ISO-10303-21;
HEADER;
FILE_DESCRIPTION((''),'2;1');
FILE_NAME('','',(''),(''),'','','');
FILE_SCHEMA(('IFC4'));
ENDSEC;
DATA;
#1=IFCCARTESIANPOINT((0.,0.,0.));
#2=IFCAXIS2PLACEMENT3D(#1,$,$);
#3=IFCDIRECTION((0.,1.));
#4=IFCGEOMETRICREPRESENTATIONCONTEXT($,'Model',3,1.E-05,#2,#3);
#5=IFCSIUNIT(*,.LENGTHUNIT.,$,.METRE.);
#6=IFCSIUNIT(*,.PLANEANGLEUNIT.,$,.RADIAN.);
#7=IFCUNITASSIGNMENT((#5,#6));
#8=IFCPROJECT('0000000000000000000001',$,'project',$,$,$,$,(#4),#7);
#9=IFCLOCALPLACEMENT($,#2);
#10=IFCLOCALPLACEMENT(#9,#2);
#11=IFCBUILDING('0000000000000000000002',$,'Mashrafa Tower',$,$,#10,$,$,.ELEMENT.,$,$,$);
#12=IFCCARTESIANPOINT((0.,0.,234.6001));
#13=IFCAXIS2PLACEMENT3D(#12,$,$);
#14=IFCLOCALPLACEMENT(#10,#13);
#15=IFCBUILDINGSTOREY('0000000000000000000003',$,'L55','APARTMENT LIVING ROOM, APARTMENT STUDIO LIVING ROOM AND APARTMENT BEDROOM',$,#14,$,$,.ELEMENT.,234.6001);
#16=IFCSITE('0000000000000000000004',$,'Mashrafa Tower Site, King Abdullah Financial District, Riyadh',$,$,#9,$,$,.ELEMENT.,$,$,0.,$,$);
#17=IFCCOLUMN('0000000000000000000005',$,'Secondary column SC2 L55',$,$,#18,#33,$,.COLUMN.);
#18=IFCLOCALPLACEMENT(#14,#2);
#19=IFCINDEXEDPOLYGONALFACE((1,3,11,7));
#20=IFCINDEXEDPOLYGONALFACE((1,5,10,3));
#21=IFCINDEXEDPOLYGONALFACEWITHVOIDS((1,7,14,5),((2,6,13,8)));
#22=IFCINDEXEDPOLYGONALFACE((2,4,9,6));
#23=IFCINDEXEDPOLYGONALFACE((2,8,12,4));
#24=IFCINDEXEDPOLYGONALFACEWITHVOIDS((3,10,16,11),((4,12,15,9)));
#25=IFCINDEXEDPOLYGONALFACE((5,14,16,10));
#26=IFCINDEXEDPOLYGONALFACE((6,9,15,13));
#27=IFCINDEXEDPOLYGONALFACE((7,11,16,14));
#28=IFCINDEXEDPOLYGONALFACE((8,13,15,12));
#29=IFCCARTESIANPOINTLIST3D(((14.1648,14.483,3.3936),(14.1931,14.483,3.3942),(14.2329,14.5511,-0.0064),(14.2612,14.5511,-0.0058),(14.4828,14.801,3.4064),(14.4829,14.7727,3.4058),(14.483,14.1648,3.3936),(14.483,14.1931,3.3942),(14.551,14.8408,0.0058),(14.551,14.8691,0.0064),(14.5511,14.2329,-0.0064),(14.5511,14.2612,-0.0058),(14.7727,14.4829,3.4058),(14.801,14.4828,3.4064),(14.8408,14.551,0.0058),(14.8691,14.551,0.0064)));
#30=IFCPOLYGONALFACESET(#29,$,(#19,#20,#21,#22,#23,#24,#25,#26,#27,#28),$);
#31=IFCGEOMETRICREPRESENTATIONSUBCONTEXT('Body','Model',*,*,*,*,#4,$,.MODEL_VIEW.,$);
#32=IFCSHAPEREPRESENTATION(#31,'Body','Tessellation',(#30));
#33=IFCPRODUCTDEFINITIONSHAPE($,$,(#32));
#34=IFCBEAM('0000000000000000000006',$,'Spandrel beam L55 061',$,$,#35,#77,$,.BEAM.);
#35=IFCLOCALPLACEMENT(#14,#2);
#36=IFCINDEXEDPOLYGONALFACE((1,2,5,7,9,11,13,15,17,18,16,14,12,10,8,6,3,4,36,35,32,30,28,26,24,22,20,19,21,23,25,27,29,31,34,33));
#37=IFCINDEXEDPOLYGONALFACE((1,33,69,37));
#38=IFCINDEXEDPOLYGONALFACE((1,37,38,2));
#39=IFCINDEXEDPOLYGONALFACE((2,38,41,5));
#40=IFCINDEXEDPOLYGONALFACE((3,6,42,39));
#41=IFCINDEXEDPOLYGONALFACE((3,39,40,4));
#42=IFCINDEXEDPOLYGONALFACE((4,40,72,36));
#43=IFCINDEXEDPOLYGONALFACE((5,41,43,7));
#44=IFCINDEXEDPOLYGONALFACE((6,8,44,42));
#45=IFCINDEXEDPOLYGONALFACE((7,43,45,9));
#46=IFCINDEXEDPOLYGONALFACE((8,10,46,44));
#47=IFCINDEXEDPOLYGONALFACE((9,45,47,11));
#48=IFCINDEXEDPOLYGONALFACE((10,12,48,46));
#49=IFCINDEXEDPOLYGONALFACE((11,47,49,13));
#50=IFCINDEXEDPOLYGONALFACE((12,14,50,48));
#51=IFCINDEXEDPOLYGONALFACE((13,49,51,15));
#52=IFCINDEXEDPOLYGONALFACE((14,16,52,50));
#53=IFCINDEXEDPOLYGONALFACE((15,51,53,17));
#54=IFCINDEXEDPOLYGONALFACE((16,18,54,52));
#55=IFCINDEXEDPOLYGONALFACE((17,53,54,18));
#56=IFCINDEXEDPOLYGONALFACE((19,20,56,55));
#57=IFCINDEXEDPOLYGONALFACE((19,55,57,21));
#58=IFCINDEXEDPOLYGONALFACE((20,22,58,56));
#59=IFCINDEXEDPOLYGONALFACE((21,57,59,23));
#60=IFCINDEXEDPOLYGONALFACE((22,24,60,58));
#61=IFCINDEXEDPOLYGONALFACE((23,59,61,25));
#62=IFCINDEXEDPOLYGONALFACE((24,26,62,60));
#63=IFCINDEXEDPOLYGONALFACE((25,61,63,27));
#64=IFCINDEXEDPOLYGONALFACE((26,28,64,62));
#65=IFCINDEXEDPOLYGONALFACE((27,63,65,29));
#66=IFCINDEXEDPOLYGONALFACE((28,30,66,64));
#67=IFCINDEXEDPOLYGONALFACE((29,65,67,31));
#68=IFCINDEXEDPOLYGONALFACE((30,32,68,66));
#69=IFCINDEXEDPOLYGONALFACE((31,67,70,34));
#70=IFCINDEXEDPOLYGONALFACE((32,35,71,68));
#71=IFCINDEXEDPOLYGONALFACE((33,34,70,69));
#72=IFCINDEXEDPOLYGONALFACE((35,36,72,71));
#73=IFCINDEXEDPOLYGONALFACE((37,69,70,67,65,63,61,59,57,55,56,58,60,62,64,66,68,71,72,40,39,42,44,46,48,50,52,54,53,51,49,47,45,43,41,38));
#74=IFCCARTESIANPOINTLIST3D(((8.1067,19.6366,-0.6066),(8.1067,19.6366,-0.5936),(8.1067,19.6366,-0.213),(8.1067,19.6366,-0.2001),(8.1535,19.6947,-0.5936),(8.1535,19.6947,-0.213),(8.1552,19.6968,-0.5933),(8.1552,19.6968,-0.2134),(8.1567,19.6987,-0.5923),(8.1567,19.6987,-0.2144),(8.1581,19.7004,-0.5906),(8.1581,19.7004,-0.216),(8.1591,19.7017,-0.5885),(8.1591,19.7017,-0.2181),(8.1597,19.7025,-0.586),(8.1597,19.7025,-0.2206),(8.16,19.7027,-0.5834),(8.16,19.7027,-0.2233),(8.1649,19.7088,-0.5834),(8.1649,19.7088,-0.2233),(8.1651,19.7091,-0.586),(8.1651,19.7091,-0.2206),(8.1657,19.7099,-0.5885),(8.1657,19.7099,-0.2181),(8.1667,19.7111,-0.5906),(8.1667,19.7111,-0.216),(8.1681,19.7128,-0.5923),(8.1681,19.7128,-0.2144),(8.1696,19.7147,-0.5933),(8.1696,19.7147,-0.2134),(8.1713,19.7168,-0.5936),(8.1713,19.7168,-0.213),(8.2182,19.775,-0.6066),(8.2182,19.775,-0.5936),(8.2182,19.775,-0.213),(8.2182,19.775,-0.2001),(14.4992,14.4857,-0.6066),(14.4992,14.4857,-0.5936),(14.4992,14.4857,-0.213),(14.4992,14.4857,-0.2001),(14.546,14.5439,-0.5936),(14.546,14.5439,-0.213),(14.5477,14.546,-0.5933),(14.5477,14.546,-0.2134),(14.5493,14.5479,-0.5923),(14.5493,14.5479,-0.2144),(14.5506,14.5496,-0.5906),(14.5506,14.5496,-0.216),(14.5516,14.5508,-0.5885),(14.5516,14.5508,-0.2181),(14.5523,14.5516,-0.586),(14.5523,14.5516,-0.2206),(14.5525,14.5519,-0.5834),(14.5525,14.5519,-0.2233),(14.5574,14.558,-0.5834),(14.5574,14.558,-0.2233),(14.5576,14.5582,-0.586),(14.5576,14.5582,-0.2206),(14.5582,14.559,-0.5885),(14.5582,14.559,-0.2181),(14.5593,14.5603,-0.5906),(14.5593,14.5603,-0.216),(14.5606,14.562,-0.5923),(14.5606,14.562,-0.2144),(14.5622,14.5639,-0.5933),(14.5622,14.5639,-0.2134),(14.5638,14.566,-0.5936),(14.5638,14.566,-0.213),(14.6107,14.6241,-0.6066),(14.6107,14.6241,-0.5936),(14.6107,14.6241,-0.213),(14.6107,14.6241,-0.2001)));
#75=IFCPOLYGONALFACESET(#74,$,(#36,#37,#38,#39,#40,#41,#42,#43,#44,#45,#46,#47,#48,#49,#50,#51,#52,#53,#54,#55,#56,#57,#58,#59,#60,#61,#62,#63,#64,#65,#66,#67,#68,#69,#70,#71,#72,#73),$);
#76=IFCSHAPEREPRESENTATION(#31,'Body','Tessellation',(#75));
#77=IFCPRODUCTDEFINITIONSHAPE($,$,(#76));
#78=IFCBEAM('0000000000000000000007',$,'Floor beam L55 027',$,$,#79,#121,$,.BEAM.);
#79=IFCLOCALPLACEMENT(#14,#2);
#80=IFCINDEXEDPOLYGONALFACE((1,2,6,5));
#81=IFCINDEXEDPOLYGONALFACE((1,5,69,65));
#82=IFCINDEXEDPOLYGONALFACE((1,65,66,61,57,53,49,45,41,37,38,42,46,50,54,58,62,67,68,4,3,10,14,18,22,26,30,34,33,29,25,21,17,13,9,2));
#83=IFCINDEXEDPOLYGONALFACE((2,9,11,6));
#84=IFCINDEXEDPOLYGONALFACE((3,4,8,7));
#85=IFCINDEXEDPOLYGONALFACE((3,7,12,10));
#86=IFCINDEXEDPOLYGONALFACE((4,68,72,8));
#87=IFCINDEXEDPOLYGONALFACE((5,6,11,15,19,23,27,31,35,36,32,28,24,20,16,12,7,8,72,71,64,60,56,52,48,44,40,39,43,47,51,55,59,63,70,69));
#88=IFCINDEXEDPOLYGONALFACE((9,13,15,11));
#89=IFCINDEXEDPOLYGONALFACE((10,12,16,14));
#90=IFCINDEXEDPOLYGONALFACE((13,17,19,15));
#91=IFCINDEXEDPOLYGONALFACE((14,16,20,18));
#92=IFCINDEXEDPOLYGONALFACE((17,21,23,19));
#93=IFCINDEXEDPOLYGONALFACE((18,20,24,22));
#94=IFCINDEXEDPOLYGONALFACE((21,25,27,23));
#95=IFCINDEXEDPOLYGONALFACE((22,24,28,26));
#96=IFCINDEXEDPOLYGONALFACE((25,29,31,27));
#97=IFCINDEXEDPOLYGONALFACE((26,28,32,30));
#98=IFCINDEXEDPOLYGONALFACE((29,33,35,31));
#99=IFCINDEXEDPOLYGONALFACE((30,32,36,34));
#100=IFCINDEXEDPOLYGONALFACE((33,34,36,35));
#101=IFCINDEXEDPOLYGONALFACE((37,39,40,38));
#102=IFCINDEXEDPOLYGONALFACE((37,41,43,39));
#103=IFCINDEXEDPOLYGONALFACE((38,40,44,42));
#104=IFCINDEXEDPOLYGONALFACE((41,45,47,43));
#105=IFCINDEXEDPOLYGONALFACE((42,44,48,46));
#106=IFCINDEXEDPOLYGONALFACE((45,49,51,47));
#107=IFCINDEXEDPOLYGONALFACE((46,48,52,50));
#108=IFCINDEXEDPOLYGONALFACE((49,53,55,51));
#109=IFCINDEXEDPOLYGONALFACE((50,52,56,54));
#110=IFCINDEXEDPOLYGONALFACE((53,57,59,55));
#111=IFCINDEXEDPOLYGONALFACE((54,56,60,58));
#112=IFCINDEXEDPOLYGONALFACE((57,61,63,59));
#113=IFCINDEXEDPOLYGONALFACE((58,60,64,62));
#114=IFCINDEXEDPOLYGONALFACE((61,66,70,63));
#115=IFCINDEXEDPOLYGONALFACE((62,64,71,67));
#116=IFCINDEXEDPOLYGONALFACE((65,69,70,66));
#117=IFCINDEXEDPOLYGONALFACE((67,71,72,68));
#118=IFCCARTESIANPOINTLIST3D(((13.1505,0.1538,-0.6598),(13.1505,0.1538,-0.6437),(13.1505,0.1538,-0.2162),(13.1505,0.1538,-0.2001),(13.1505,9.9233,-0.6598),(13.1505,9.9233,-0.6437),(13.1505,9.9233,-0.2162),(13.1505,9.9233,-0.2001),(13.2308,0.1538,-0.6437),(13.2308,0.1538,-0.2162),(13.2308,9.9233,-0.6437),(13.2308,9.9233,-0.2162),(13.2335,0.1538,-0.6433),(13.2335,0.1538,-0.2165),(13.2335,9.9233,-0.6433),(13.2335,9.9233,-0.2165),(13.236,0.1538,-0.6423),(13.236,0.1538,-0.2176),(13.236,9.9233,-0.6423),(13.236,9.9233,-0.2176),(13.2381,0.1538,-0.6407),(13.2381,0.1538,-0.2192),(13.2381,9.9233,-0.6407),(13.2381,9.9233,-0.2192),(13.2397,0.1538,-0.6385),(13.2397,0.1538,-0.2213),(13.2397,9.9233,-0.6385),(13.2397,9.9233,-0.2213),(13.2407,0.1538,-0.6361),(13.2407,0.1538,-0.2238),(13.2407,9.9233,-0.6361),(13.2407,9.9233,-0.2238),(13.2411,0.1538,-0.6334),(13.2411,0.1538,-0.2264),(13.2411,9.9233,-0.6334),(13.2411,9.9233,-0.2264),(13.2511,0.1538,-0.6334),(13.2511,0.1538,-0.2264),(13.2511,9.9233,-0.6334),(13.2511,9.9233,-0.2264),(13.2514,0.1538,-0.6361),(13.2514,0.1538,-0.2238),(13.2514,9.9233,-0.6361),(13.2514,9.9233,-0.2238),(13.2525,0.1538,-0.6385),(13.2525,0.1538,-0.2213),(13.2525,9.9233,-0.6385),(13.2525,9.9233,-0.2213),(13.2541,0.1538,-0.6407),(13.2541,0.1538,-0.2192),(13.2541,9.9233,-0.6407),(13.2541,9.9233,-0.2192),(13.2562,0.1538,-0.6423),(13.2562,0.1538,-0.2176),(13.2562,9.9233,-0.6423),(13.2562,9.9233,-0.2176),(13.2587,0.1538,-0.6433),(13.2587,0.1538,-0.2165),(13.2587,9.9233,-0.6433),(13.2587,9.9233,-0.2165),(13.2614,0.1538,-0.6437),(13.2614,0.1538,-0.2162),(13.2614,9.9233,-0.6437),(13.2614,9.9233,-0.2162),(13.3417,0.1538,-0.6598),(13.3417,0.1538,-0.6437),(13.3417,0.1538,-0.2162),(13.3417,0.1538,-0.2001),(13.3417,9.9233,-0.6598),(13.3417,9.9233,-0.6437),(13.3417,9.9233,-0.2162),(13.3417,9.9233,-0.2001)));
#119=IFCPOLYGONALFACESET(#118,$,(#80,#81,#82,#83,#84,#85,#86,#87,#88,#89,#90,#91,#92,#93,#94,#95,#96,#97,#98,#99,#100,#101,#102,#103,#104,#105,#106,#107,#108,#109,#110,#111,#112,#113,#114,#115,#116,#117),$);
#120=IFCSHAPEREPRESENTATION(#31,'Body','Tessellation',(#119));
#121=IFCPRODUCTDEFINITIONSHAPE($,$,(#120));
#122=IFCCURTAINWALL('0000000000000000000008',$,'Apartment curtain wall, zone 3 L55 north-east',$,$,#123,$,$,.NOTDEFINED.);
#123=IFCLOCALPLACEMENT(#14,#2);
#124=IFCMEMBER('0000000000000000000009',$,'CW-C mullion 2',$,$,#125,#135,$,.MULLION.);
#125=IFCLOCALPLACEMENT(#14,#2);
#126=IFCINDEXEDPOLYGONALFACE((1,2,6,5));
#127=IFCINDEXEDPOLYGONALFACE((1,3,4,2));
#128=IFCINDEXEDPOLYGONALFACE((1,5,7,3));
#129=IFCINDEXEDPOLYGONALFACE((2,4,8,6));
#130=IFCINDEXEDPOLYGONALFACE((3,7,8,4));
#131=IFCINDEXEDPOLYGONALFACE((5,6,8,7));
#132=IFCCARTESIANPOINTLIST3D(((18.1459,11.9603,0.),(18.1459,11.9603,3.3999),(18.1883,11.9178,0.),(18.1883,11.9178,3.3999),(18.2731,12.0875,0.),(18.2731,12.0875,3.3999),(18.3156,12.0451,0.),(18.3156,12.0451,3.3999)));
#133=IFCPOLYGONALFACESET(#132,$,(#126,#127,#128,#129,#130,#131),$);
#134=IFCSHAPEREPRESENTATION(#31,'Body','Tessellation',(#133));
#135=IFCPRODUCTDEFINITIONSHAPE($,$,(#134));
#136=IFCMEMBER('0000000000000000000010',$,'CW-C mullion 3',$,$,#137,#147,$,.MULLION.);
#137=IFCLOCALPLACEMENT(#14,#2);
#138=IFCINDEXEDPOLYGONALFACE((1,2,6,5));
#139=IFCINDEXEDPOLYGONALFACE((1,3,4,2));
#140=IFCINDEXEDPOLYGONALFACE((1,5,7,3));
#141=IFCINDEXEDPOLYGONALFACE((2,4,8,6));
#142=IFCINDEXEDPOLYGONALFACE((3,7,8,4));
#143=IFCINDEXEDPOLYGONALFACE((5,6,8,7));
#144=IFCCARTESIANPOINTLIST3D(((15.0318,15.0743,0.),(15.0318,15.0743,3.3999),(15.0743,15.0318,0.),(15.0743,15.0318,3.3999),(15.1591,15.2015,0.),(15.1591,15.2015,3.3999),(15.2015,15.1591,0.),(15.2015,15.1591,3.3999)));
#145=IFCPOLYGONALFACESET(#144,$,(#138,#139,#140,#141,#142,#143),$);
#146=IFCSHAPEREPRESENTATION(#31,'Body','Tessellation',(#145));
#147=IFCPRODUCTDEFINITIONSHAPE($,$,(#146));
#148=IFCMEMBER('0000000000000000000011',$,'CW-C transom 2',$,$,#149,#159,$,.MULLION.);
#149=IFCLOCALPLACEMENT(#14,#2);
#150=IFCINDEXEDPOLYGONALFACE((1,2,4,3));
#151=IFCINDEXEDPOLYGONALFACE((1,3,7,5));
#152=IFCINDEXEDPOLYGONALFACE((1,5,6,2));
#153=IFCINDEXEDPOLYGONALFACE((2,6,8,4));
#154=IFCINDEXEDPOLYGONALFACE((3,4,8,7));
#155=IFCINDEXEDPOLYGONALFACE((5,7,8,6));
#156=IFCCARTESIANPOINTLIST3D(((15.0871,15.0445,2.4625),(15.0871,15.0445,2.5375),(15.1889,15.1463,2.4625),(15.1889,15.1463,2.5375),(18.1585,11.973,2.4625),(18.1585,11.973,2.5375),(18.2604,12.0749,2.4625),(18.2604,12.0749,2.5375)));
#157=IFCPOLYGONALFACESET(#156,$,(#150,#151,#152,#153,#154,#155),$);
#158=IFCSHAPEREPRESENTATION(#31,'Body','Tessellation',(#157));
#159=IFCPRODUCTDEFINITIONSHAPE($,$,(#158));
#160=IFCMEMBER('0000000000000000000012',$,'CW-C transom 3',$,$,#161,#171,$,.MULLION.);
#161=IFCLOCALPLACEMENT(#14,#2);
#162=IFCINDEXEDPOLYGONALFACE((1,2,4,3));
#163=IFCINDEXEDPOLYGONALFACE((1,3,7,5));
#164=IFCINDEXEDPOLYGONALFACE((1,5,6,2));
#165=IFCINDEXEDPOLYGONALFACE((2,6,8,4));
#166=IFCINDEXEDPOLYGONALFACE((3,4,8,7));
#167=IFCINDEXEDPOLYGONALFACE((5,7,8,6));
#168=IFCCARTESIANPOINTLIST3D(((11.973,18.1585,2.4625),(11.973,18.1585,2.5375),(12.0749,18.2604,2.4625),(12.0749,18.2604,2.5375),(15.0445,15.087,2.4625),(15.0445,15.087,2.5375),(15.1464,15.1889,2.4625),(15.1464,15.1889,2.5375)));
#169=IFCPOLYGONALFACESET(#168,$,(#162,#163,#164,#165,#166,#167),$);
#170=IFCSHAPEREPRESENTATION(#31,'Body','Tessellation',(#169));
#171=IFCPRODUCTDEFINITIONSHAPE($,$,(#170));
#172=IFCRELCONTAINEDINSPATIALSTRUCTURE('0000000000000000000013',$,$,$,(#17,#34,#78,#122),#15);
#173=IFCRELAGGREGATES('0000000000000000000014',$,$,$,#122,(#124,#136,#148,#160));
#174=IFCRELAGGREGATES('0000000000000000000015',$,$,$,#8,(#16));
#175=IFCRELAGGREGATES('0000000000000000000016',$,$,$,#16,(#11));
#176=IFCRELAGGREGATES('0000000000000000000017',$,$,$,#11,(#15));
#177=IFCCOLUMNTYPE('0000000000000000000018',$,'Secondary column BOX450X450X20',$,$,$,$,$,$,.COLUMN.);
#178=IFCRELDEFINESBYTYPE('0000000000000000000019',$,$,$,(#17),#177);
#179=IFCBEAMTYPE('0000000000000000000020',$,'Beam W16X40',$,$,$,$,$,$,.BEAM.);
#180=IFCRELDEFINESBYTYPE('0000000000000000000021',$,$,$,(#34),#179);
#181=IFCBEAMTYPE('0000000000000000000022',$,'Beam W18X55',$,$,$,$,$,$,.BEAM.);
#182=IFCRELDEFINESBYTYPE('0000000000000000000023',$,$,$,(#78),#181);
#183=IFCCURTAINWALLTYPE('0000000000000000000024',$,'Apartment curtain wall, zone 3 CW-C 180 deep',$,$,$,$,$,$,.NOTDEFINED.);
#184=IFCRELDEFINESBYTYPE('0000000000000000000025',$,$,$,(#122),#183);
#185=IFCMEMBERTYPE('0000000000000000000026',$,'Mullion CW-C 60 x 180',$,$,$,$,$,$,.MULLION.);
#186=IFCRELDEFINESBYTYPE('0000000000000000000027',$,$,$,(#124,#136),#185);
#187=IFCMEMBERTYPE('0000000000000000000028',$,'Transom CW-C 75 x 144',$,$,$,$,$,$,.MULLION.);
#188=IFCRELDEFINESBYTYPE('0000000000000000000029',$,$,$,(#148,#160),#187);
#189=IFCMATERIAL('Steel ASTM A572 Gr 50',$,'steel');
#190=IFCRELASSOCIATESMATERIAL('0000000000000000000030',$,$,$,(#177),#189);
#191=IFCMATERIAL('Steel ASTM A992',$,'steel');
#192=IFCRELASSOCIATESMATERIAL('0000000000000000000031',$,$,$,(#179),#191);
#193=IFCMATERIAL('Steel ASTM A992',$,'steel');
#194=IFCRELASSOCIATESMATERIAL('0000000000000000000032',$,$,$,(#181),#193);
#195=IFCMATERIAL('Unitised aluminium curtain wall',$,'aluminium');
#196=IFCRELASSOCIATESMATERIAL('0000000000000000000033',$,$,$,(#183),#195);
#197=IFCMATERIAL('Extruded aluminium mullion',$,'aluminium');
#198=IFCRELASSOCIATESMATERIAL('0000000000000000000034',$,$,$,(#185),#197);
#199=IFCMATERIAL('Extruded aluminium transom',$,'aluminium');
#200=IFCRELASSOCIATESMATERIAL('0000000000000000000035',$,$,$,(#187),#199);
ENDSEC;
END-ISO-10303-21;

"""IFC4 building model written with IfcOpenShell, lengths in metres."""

from ifc_helpers import new_model, si_unit, direction, frame, origin, origin_2d, place, context, subcontext, project, spatial, rectangle, hollow_rectangle, i_section, extrude, source, transform, mapped, material, material_profile, profile_set, type_object, type_shapes, element, aggregate, save


model = new_model("IFC4")

# Units and contexts
model_context = context("Model", 3, precision=1e-05, world=origin(), true_north=direction((0.0, 1.0)))
body_context = subcontext(model_context, "Body", "Model", "MODEL_VIEW")
ifc_project = project(units=[si_unit("LENGTHUNIT", "METRE"), si_unit("PLANEANGLEUNIT", "RADIAN")], contexts=[model_context])

# Site, building, storey
site_placement = place(None, origin())
site = spatial("IfcSite", under=ifc_project, at=site_placement, Name="Mashrafa Tower Site, King Abdullah Financial District, Riyadh", CompositionType="ELEMENT", RefElevation=0.0)
building_placement = place(site_placement, origin())
building = spatial("IfcBuilding", under=site, at=building_placement, Name="Mashrafa Tower", CompositionType="ELEMENT")
storey_placement = place(building_placement, frame((0.0, 0.0, 234.6001)))
storey = spatial("IfcBuildingStorey", under=building, at=storey_placement, Name="L55", Description="APARTMENT LIVING ROOM, APARTMENT STUDIO LIVING ROOM AND APARTMENT BEDROOM", CompositionType="ELEMENT", Elevation=234.6001)

# Column
ifc_material_1 = material(Name="Steel ASTM A572 Gr 50", Category="steel")
ifc_material_profile_1 = material_profile(ifc_material_1, hollow_rectangle(XDim=0.45, YDim=0.45, WallThickness=0.02, at=origin_2d()), Name="BOX450X450X20")
ifc_profile_set_1 = profile_set([ifc_material_profile_1], Name="Steel ASTM A572 Gr 50")
column_type = type_object("IfcColumnType", Name="Secondary column BOX450X450X20", PredefinedType="COLUMN", material=ifc_profile_set_1)
column_placement = place(storey_placement, frame((14.551, 14.551, 0.0), z_axis=(-0.020026, -0.020026, 0.999599), x_axis=(0.707107, -0.707107, 0.0)))
element("IfcColumn", 1, at=column_placement, inside=storey, type_object=column_type, Name="Secondary column SC2 L55", PredefinedType="COLUMN", context=body_context, shape_type="SweptSolid", body=[
    extrude(hollow_rectangle(XDim=0.45, YDim=0.45, WallThickness=0.02, at=origin_2d()), origin(), (0.0, 0.0, 1.0), 3.4014),
])

# Beams
ifc_material_2 = material(Name="Steel ASTM A992", Category="steel")
ifc_material_profile_2 = material_profile(ifc_material_2, i_section(OverallWidth=0.1777, OverallDepth=0.4065, WebThickness=0.0078, FlangeThickness=0.0129, FilletRadius=0.0103, at=origin_2d()), Name="W16X40")
ifc_profile_set_2 = profile_set([ifc_material_profile_2], Name="Steel ASTM A992")
beam_type_1 = type_object("IfcBeamType", Name="Beam W16X40", PredefinedType="BEAM", material=ifc_profile_set_2)
beam_1_placement = place(storey_placement, frame((14.5549, 14.5549, -0.4033), z_axis=(-0.778676, 0.627426, 0.0), x_axis=(-0.627426, -0.778676, 0.0)))
element("IfcBeam", 2, at=beam_1_placement, inside=storey, type_object=beam_type_1, Name="Spandrel beam L55 061", PredefinedType="BEAM", context=body_context, shape_type="SweptSolid", body=[
    extrude(i_section(OverallWidth=0.1777, OverallDepth=0.4065, WebThickness=0.0078, FlangeThickness=0.0129, FilletRadius=0.0103, at=origin_2d()), origin(), (0.0, 0.0, 1.0), 8.2095),
])
ifc_material_3 = material(Name="Steel ASTM A992", Category="steel")
ifc_material_profile_3 = material_profile(ifc_material_3, i_section(OverallWidth=0.1912, OverallDepth=0.4597, WebThickness=0.01, FlangeThickness=0.0161, FilletRadius=0.0103, at=origin_2d()), Name="W18X55")
ifc_profile_set_3 = profile_set([ifc_material_profile_3], Name="Steel ASTM A992")
beam_type_2 = type_object("IfcBeamType", Name="Beam W18X55", PredefinedType="BEAM", material=ifc_profile_set_3)
beam_2_placement = place(storey_placement, frame((13.2461, 9.9233, -0.4299), z_axis=(0.0, -1.0, 0.0), x_axis=(1.0, 0.0, 0.0)))
element("IfcBeam", 3, at=beam_2_placement, inside=storey, type_object=beam_type_2, Name="Floor beam L55 027", PredefinedType="BEAM", context=body_context, shape_type="SweptSolid", body=[
    extrude(i_section(OverallWidth=0.1912, OverallDepth=0.4597, WebThickness=0.01, FlangeThickness=0.0161, FilletRadius=0.0103, at=origin_2d()), origin(), (0.0, 0.0, 1.0), 9.7695),
])

# Curtain wall, members
ifc_material_4 = material(Name="Unitised aluminium curtain wall", Category="aluminium")
curtain_wall_type = type_object("IfcCurtainWallType", Name="Apartment curtain wall, zone 3 CW-C 180 deep", PredefinedType="NOTDEFINED", material=ifc_material_4)
curtain_wall_placement = place(storey_placement, origin())
curtain_wall = element("IfcCurtainWall", 4, at=curtain_wall_placement, inside=storey, type_object=curtain_wall_type, Name="Apartment curtain wall, zone 3 L55 north-east", PredefinedType="NOTDEFINED")
ifc_material_5 = material(Name="Extruded aluminium mullion", Category="aluminium")
ifc_material_profile_4 = material_profile(ifc_material_5, rectangle(XDim=0.1799, YDim=0.0601, at=origin_2d()), Name="Mullion 60x180")
ifc_profile_set_4 = profile_set([ifc_material_profile_4], Name="Extruded aluminium mullion")
member_type_1 = type_object("IfcMemberType", Name="Mullion CW-C 60 x 180", PredefinedType="MULLION", material=ifc_profile_set_4)
shared_shape_1 = source(origin(), body_context, "Body", "SweptSolid", [
    extrude(rectangle(XDim=0.1799, YDim=0.0601, at=origin_2d()), origin(), (0.0, 0.0, 1.0), 3.3999),
])
type_shapes(member_type_1, [shared_shape_1])
member_1_placement = place(storey_placement, frame((18.2307, 12.0027, 0.0), z_axis=(0.0, 0.0, 1.0), x_axis=(-0.707107, -0.707107, 0.0)))
member_1 = element("IfcMember", 5, at=member_1_placement, type_object=member_type_1, Name="CW-C mullion 2", PredefinedType="MULLION", context=body_context, shape_type="MappedRepresentation", body=[
    mapped(shared_shape_1, transform((0.0, 0.0, 0.0))),
])
member_2_placement = place(storey_placement, frame((15.1167, 15.1167, 0.0), z_axis=(0.0, 0.0, 1.0), x_axis=(-0.707107, -0.707107, 0.0)))
member_2 = element("IfcMember", 6, at=member_2_placement, type_object=member_type_1, Name="CW-C mullion 3", PredefinedType="MULLION", context=body_context, shape_type="MappedRepresentation", body=[
    mapped(shared_shape_1, transform((0.0, 0.0, 0.0))),
])
ifc_material_6 = material(Name="Extruded aluminium transom", Category="aluminium")
ifc_material_profile_5 = material_profile(ifc_material_6, rectangle(XDim=0.144, YDim=0.075, at=origin_2d()), Name="Transom 75x144")
ifc_profile_set_5 = profile_set([ifc_material_profile_5], Name="Extruded aluminium transom")
member_type_2 = type_object("IfcMemberType", Name="Transom CW-C 75 x 144", PredefinedType="MULLION", material=ifc_profile_set_5)
shared_shape_2 = source(origin(), body_context, "Body", "SweptSolid", [
    extrude(rectangle(XDim=0.144, YDim=0.075, at=origin_2d()), origin(), (0.0, 0.0, 1.0), 4.3438),
])
type_shapes(member_type_2, [shared_shape_2])
member_3_placement = place(storey_placement, frame((18.2095, 12.0239, 2.5), z_axis=(-0.707107, 0.707107, 0.0), x_axis=(-0.707107, -0.707107, 0.0)))
member_3 = element("IfcMember", 7, at=member_3_placement, type_object=member_type_2, Name="CW-C transom 2", PredefinedType="MULLION", context=body_context, shape_type="MappedRepresentation", body=[
    mapped(shared_shape_2, transform((0.0, 0.0, 0.0))),
])
member_4_placement = place(storey_placement, frame((15.0955, 15.1379, 2.5), z_axis=(-0.707107, 0.707107, 0.0), x_axis=(-0.707107, -0.707107, 0.0)))
member_4 = element("IfcMember", 8, at=member_4_placement, type_object=member_type_2, Name="CW-C transom 3", PredefinedType="MULLION", context=body_context, shape_type="MappedRepresentation", body=[
    mapped(shared_shape_2, transform((0.0, 0.0, 0.0))),
])
aggregate(curtain_wall, [member_1, member_2, member_3, member_4])

save(model, "model.ifc")
